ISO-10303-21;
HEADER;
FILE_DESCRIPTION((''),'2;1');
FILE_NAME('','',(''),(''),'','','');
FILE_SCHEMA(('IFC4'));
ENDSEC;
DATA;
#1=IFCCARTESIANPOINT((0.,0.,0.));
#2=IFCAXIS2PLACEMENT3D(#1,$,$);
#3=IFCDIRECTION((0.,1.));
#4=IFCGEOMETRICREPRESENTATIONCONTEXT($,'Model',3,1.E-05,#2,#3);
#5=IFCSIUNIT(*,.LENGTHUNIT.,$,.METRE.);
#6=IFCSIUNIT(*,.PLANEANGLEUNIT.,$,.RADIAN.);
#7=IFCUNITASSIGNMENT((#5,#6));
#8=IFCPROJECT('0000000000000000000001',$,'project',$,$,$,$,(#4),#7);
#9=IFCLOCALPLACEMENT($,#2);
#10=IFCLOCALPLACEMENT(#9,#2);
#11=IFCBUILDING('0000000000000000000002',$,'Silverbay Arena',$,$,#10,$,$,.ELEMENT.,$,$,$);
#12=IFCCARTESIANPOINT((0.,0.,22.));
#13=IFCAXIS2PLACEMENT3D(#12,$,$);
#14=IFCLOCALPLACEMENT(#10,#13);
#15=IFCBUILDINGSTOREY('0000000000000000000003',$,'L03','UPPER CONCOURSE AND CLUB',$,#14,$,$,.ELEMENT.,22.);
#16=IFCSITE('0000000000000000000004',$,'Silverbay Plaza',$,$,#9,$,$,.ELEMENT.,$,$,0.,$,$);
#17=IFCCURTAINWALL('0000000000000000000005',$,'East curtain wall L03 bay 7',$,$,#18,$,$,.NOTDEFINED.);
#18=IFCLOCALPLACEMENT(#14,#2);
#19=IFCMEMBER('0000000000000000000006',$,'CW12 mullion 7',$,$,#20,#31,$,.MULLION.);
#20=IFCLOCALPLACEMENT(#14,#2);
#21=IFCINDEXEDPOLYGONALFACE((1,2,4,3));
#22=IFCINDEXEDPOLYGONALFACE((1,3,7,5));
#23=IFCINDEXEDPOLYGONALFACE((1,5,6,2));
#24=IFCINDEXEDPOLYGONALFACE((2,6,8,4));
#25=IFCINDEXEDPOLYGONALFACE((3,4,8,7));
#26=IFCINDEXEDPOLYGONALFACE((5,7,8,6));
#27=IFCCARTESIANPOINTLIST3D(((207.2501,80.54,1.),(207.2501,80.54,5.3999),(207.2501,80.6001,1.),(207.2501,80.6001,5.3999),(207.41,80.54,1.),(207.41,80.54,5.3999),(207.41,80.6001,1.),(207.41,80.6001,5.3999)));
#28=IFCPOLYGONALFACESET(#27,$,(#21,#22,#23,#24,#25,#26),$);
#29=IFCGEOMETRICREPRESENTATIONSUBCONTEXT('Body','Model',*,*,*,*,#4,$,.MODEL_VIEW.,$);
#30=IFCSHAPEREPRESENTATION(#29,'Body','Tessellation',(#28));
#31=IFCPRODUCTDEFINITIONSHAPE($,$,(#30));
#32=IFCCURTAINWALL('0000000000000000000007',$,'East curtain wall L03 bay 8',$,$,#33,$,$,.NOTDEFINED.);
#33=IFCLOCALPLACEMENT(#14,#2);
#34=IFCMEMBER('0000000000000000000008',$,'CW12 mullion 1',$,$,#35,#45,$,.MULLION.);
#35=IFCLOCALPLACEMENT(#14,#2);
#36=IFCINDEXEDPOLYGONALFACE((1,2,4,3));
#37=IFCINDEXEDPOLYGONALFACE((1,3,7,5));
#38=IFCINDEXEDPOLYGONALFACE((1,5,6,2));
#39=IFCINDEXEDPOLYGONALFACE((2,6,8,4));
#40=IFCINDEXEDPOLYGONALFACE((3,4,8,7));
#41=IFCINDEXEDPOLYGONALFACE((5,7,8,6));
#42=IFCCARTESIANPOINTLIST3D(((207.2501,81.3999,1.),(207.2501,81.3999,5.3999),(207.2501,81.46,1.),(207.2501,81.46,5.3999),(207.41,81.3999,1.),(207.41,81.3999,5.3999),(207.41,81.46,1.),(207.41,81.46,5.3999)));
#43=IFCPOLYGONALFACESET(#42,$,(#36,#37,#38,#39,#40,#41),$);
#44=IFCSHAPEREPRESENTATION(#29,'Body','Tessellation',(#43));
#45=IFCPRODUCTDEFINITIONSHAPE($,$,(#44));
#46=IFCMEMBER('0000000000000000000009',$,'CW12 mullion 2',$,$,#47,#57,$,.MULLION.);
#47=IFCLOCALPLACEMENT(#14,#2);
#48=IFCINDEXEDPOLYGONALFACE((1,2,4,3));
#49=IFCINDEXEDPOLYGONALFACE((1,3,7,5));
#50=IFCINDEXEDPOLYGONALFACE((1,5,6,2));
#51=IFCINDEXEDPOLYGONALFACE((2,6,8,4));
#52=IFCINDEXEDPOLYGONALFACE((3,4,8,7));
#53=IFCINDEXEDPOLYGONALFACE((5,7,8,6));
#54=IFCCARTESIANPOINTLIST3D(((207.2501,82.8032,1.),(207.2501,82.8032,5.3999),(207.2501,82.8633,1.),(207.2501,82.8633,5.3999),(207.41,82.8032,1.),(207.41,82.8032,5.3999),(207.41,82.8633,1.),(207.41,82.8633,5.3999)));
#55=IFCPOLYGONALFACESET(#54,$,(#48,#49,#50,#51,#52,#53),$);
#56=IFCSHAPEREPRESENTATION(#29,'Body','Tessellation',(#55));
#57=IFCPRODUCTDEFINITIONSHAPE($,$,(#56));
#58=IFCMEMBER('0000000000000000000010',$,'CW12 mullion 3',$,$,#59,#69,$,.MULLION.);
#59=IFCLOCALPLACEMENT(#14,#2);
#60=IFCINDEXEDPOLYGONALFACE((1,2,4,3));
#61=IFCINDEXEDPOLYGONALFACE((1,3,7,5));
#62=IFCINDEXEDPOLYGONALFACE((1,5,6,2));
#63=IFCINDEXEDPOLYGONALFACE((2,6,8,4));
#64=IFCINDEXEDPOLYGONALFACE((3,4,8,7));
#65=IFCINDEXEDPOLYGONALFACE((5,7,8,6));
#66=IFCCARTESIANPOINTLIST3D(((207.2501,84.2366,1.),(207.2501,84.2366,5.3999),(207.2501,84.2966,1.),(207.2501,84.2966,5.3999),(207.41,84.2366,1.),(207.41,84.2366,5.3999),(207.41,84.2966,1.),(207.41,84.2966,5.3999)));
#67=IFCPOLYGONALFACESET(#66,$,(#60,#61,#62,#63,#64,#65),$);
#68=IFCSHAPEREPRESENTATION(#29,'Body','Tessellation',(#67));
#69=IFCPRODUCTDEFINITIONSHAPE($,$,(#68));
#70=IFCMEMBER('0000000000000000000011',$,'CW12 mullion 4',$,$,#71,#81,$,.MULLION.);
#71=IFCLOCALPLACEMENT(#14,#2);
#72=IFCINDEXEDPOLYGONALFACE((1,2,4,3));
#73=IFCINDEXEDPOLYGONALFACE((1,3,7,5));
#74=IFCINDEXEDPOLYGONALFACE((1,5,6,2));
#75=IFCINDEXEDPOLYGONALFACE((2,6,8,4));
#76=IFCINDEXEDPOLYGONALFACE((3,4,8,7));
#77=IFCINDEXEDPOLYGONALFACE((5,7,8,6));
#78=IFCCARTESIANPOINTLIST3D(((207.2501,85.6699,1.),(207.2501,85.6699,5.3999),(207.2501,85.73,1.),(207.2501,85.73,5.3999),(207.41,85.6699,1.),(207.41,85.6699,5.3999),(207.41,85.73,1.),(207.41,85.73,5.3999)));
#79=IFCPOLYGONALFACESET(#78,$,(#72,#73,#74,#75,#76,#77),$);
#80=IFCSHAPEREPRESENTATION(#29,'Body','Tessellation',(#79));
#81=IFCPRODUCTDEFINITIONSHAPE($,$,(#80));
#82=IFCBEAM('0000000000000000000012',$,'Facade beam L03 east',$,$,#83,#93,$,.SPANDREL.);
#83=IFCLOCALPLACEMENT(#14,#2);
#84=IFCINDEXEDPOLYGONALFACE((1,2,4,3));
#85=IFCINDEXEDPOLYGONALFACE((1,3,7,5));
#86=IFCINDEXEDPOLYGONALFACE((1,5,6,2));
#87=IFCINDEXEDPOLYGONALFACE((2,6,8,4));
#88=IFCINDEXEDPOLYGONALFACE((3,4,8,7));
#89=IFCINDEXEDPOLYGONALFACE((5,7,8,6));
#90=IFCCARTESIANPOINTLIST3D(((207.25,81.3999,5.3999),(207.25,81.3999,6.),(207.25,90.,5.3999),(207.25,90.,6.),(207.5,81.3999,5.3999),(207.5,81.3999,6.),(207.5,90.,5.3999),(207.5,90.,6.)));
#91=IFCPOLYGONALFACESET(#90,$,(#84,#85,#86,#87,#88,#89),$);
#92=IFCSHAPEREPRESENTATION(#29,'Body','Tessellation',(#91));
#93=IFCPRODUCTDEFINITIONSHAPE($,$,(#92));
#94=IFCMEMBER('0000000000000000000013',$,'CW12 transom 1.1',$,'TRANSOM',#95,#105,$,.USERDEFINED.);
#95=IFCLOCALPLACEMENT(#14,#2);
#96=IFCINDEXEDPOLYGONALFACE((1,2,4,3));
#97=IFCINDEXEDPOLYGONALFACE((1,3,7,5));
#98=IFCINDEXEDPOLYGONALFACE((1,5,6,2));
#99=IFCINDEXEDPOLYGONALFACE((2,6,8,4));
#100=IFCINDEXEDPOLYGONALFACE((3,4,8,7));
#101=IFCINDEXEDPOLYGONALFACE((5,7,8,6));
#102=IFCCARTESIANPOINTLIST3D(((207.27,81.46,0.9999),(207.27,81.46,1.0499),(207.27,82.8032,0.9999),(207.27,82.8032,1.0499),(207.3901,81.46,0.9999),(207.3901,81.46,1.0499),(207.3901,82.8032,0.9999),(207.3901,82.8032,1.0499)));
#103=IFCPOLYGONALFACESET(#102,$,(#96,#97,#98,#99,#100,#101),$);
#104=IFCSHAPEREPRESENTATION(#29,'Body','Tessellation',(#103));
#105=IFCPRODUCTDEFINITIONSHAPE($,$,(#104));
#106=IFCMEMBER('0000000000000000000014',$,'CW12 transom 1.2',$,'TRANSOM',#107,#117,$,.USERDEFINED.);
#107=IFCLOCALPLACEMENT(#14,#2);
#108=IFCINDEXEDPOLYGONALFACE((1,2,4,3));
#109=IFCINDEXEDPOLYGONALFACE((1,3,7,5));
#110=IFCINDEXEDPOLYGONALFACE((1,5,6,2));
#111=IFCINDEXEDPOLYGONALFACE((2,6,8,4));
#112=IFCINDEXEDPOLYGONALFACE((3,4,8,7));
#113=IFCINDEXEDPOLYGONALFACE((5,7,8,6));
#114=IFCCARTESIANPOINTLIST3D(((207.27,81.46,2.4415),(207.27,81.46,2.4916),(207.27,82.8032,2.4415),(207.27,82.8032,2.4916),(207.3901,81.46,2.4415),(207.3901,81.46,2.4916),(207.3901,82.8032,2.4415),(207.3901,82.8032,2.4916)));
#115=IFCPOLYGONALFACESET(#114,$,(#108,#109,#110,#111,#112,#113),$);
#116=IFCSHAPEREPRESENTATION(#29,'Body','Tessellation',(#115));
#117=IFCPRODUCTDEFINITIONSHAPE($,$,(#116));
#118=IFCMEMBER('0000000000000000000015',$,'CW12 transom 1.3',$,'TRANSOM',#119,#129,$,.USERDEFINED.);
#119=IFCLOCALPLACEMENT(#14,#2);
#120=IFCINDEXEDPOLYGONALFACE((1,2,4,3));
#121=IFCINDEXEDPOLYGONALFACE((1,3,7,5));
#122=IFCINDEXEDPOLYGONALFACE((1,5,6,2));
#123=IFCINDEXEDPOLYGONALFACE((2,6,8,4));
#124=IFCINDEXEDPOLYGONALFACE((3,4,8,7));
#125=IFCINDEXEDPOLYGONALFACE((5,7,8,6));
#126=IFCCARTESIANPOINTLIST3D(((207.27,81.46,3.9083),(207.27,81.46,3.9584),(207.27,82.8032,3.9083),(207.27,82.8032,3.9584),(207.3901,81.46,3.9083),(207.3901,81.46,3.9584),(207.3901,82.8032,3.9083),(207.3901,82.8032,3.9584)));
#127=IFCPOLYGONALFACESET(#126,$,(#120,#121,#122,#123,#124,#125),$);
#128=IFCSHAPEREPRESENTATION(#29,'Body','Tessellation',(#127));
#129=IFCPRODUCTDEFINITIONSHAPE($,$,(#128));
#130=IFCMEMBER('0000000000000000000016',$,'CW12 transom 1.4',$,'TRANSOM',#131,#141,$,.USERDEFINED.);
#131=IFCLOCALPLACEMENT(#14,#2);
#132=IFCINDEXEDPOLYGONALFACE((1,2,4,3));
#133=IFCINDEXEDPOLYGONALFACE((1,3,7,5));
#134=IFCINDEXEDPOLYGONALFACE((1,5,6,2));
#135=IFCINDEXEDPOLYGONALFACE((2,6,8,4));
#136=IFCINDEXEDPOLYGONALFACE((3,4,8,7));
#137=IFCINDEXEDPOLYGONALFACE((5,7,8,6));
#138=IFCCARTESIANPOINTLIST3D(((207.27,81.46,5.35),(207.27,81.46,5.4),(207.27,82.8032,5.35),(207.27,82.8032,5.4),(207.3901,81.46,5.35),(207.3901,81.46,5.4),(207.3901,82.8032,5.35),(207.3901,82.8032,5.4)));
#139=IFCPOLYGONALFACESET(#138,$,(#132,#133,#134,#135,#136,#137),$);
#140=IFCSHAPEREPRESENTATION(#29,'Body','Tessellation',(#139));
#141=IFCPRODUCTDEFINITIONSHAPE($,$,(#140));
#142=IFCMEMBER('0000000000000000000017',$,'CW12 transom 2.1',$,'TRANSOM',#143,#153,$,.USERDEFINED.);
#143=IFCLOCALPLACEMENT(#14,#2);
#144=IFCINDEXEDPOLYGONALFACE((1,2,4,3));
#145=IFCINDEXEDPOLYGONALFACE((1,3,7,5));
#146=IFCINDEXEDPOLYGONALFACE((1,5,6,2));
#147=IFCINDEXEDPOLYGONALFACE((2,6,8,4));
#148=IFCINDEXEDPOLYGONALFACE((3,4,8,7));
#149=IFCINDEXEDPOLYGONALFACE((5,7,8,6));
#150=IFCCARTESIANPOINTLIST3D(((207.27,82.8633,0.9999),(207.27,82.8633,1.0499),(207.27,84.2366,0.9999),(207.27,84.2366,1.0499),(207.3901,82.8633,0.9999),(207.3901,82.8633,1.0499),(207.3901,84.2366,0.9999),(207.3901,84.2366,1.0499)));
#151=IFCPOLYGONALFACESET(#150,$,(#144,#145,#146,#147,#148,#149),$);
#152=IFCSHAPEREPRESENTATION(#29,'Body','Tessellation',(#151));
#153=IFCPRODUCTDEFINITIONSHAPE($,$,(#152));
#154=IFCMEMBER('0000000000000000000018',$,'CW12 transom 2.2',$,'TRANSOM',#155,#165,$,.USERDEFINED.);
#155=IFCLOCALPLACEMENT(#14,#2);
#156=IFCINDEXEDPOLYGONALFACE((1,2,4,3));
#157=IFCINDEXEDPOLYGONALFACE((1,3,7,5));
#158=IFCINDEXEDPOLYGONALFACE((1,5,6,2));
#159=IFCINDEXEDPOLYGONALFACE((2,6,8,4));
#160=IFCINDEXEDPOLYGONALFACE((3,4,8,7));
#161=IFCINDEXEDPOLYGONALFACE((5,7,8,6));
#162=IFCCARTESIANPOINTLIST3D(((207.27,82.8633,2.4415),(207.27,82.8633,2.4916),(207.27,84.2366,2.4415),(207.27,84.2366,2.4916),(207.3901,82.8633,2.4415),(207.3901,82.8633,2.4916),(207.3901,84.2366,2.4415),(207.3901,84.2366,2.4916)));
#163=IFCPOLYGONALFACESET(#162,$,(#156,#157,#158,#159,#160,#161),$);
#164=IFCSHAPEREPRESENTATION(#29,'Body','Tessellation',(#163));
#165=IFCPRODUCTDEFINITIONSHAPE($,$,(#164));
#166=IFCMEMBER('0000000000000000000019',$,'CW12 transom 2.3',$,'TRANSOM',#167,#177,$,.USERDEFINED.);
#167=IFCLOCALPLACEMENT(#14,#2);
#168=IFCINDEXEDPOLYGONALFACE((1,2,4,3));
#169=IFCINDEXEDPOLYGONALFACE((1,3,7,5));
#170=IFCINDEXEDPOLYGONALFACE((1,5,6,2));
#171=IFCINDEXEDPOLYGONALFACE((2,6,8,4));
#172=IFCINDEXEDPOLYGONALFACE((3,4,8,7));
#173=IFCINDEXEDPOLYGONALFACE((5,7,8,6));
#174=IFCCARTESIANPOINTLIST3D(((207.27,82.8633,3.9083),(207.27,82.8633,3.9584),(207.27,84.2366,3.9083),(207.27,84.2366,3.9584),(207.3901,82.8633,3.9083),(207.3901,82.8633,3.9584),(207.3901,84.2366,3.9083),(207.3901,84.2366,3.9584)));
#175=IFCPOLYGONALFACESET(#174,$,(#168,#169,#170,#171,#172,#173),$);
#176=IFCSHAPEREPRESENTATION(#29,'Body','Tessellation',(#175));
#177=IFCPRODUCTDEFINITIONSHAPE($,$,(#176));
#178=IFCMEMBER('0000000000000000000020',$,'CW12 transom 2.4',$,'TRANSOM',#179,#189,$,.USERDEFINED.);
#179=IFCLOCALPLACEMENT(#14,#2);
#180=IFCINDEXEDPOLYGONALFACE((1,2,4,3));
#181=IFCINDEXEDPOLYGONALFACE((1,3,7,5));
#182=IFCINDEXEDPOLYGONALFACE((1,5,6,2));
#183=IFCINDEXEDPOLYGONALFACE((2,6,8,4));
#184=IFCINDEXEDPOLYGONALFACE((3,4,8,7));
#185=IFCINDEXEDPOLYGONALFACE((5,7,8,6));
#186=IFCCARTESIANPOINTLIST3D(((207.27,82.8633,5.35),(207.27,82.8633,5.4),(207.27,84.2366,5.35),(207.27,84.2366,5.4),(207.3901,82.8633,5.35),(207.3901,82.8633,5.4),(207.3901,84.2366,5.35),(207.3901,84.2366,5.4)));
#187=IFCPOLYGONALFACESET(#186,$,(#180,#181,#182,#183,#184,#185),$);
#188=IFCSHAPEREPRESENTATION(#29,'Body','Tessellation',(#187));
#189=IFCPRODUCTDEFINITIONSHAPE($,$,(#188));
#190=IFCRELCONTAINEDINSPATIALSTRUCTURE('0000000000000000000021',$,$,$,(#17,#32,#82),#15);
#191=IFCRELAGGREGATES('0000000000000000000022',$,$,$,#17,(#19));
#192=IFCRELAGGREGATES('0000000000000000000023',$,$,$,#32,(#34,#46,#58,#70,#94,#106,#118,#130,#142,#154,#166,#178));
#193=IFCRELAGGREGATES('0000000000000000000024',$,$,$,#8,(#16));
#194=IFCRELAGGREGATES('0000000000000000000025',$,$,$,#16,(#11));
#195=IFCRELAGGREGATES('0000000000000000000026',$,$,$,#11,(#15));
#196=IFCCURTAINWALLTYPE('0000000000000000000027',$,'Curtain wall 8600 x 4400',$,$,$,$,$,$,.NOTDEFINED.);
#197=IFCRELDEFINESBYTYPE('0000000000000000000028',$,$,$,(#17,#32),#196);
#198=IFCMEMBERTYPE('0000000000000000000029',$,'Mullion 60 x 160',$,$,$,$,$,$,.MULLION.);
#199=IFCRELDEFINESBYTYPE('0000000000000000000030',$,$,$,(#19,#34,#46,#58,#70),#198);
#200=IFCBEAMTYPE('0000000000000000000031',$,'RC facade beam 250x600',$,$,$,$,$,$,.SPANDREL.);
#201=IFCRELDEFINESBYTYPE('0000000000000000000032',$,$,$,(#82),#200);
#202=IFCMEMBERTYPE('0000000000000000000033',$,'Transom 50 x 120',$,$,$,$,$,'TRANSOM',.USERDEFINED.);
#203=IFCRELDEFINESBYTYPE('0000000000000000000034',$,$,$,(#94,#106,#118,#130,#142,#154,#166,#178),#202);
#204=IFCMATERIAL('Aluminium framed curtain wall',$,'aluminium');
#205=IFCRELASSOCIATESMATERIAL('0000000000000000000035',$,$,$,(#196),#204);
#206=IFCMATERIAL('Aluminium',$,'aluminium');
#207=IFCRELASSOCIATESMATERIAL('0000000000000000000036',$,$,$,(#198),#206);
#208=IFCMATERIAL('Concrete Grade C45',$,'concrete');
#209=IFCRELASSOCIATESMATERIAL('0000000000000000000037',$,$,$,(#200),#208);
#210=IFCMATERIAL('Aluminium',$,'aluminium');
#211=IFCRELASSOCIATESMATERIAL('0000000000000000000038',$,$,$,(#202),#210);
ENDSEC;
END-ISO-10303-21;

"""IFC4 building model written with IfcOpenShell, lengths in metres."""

from ifc_helpers import new_model, si_unit, direction, frame, origin, origin_2d, place, context, subcontext, project, spatial, rectangle, extrude, material, material_profile, profile_set, type_object, element, aggregate, save


model = new_model("IFC4")

# Units and contexts
model_context = context("Model", 3, precision=1e-05, world=origin(), true_north=direction((0.0, 1.0)))
body_context = subcontext(model_context, "Body", "Model", "MODEL_VIEW")
ifc_project = project(units=[si_unit("LENGTHUNIT", "METRE"), si_unit("PLANEANGLEUNIT", "RADIAN")], contexts=[model_context])

# Site, building, storey
site_placement = place(None, origin())
site = spatial("IfcSite", under=ifc_project, at=site_placement, Name="Silverbay Plaza", CompositionType="ELEMENT", RefElevation=0.0)
building_placement = place(site_placement, origin())
building = spatial("IfcBuilding", under=site, at=building_placement, Name="Silverbay Arena", CompositionType="ELEMENT")
storey_placement = place(building_placement, frame((0.0, 0.0, 22.0)))
storey = spatial("IfcBuildingStorey", under=building, at=storey_placement, Name="L03", Description="UPPER CONCOURSE AND CLUB", CompositionType="ELEMENT", Elevation=22.0)

# Curtain wall, member
ifc_material_1 = material(Name="Aluminium framed curtain wall", Category="aluminium")
curtain_wall_type = type_object("IfcCurtainWallType", Name="Curtain wall 8600 x 4400", PredefinedType="NOTDEFINED", material=ifc_material_1)
curtain_wall_1_placement = place(storey_placement, origin())
curtain_wall_1 = element("IfcCurtainWall", 1, at=curtain_wall_1_placement, inside=storey, type_object=curtain_wall_type, Name="East curtain wall L03 bay 7", PredefinedType="NOTDEFINED")
ifc_material_2 = material(Name="Aluminium", Category="aluminium")
ifc_material_profile_1 = material_profile(ifc_material_2, rectangle(XDim=0.1599, YDim=0.0601, at=origin_2d()), Name="Mullion 60 x 160")
ifc_profile_set_1 = profile_set([ifc_material_profile_1], Name="Aluminium")
member_type_1 = type_object("IfcMemberType", Name="Mullion 60 x 160", PredefinedType="MULLION", material=ifc_profile_set_1)
member_1_placement = place(storey_placement, frame((207.3301, 80.5701, 1.0), z_axis=(0.0, 0.0, 1.0), x_axis=(-1.0, 0.0, 0.0)))
member_1 = element("IfcMember", 2, at=member_1_placement, type_object=member_type_1, Name="CW12 mullion 7", PredefinedType="MULLION", context=body_context, shape_type="SweptSolid", body=[
    extrude(rectangle(XDim=0.1599, YDim=0.0601, at=origin_2d()), origin(), (0.0, 0.0, 1.0), 4.3999),
])

# Curtain wall, members
curtain_wall_2_placement = place(storey_placement, origin())
curtain_wall_2 = element("IfcCurtainWall", 3, at=curtain_wall_2_placement, inside=storey, type_object=curtain_wall_type, Name="East curtain wall L03 bay 8", PredefinedType="NOTDEFINED")
member_2_placement = place(storey_placement, frame((207.3301, 81.4299, 1.0), z_axis=(0.0, 0.0, 1.0), x_axis=(-1.0, 0.0, 0.0)))
member_2 = element("IfcMember", 4, at=member_2_placement, type_object=member_type_1, Name="CW12 mullion 1", PredefinedType="MULLION", context=body_context, shape_type="SweptSolid", body=[
    extrude(rectangle(XDim=0.1599, YDim=0.0601, at=origin_2d()), origin(), (0.0, 0.0, 1.0), 4.3999),
])
member_3_placement = place(storey_placement, frame((207.3301, 82.8333, 1.0), z_axis=(0.0, 0.0, 1.0), x_axis=(-1.0, 0.0, 0.0)))
member_3 = element("IfcMember", 5, at=member_3_placement, type_object=member_type_1, Name="CW12 mullion 2", PredefinedType="MULLION", context=body_context, shape_type="SweptSolid", body=[
    extrude(rectangle(XDim=0.1599, YDim=0.0601, at=origin_2d()), origin(), (0.0, 0.0, 1.0), 4.3999),
])
member_4_placement = place(storey_placement, frame((207.3301, 84.2666, 1.0), z_axis=(0.0, 0.0, 1.0), x_axis=(-1.0, 0.0, 0.0)))
member_4 = element("IfcMember", 6, at=member_4_placement, type_object=member_type_1, Name="CW12 mullion 3", PredefinedType="MULLION", context=body_context, shape_type="SweptSolid", body=[
    extrude(rectangle(XDim=0.1599, YDim=0.0601, at=origin_2d()), origin(), (0.0, 0.0, 1.0), 4.3999),
])
member_5_placement = place(storey_placement, frame((207.3301, 85.7, 1.0), z_axis=(0.0, 0.0, 1.0), x_axis=(-1.0, 0.0, 0.0)))
member_5 = element("IfcMember", 7, at=member_5_placement, type_object=member_type_1, Name="CW12 mullion 4", PredefinedType="MULLION", context=body_context, shape_type="SweptSolid", body=[
    extrude(rectangle(XDim=0.1599, YDim=0.0601, at=origin_2d()), origin(), (0.0, 0.0, 1.0), 4.3999),
])

# Beam
ifc_material_3 = material(Name="Concrete Grade C45", Category="concrete")
ifc_material_profile_2 = material_profile(ifc_material_3, rectangle(XDim=0.25, YDim=0.6001, at=origin_2d()), Name="RC 250x600")
ifc_profile_set_2 = profile_set([ifc_material_profile_2], Name="Concrete Grade C45")
beam_type = type_object("IfcBeamType", Name="RC facade beam 250x600", PredefinedType="SPANDREL", material=ifc_profile_set_2)
beam_placement = place(storey_placement, frame((207.375, 81.3999, 5.7), z_axis=(0.0, 1.0, 0.0), x_axis=(-1.0, 0.0, 0.0)))
element("IfcBeam", 8, at=beam_placement, inside=storey, type_object=beam_type, Name="Facade beam L03 east", PredefinedType="SPANDREL", context=body_context, shape_type="SweptSolid", body=[
    extrude(rectangle(XDim=0.25, YDim=0.6001, at=origin_2d()), origin(), (0.0, 0.0, 1.0), 8.6001),
])

# Members
ifc_material_4 = material(Name="Aluminium", Category="aluminium")
ifc_material_profile_3 = material_profile(ifc_material_4, rectangle(XDim=0.1201, YDim=0.05, at=origin_2d()), Name="Transom 50 x 120")
ifc_profile_set_3 = profile_set([ifc_material_profile_3], Name="Aluminium")
member_type_2 = type_object("IfcMemberType", Name="Transom 50 x 120", ElementType="TRANSOM", PredefinedType="USERDEFINED", material=ifc_profile_set_3)
member_6_placement = place(storey_placement, frame((207.3301, 81.46, 1.0249), z_axis=(0.0, 1.0, 0.0), x_axis=(-1.0, 0.0, 0.0)))
member_6 = element("IfcMember", 9, at=member_6_placement, type_object=member_type_2, Name="CW12 transom 1.1", ObjectType="TRANSOM", PredefinedType="USERDEFINED", context=body_context, shape_type="SweptSolid", body=[
    extrude(rectangle(XDim=0.1201, YDim=0.05, at=origin_2d()), origin(), (0.0, 0.0, 1.0), 1.3433),
])
member_7_placement = place(storey_placement, frame((207.3301, 81.46, 2.4666), z_axis=(0.0, 1.0, 0.0), x_axis=(-1.0, 0.0, 0.0)))
member_7 = element("IfcMember", 10, at=member_7_placement, type_object=member_type_2, Name="CW12 transom 1.2", ObjectType="TRANSOM", PredefinedType="USERDEFINED", context=body_context, shape_type="SweptSolid", body=[
    extrude(rectangle(XDim=0.1201, YDim=0.05, at=origin_2d()), origin(), (0.0, 0.0, 1.0), 1.3433),
])
member_8_placement = place(storey_placement, frame((207.3301, 81.46, 3.9333), z_axis=(0.0, 1.0, 0.0), x_axis=(-1.0, 0.0, 0.0)))
member_8 = element("IfcMember", 11, at=member_8_placement, type_object=member_type_2, Name="CW12 transom 1.3", ObjectType="TRANSOM", PredefinedType="USERDEFINED", context=body_context, shape_type="SweptSolid", body=[
    extrude(rectangle(XDim=0.1201, YDim=0.05, at=origin_2d()), origin(), (0.0, 0.0, 1.0), 1.3433),
])
member_9_placement = place(storey_placement, frame((207.3301, 81.46, 5.375), z_axis=(0.0, 1.0, 0.0), x_axis=(-1.0, 0.0, 0.0)))
member_9 = element("IfcMember", 12, at=member_9_placement, type_object=member_type_2, Name="CW12 transom 1.4", ObjectType="TRANSOM", PredefinedType="USERDEFINED", context=body_context, shape_type="SweptSolid", body=[
    extrude(rectangle(XDim=0.1201, YDim=0.05, at=origin_2d()), origin(), (0.0, 0.0, 1.0), 1.3433),
])
member_10_placement = place(storey_placement, frame((207.3301, 82.8633, 1.0249), z_axis=(0.0, 1.0, 0.0), x_axis=(-1.0, 0.0, 0.0)))
member_10 = element("IfcMember", 13, at=member_10_placement, type_object=member_type_2, Name="CW12 transom 2.1", ObjectType="TRANSOM", PredefinedType="USERDEFINED", context=body_context, shape_type="SweptSolid", body=[
    extrude(rectangle(XDim=0.1201, YDim=0.05, at=origin_2d()), origin(), (0.0, 0.0, 1.0), 1.3733),
])
member_11_placement = place(storey_placement, frame((207.3301, 82.8633, 2.4666), z_axis=(0.0, 1.0, 0.0), x_axis=(-1.0, 0.0, 0.0)))
member_11 = element("IfcMember", 14, at=member_11_placement, type_object=member_type_2, Name="CW12 transom 2.2", ObjectType="TRANSOM", PredefinedType="USERDEFINED", context=body_context, shape_type="SweptSolid", body=[
    extrude(rectangle(XDim=0.1201, YDim=0.05, at=origin_2d()), origin(), (0.0, 0.0, 1.0), 1.3733),
])
member_12_placement = place(storey_placement, frame((207.3301, 82.8633, 3.9333), z_axis=(0.0, 1.0, 0.0), x_axis=(-1.0, 0.0, 0.0)))
member_12 = element("IfcMember", 15, at=member_12_placement, type_object=member_type_2, Name="CW12 transom 2.3", ObjectType="TRANSOM", PredefinedType="USERDEFINED", context=body_context, shape_type="SweptSolid", body=[
    extrude(rectangle(XDim=0.1201, YDim=0.05, at=origin_2d()), origin(), (0.0, 0.0, 1.0), 1.3733),
])
member_13_placement = place(storey_placement, frame((207.3301, 82.8633, 5.375), z_axis=(0.0, 1.0, 0.0), x_axis=(-1.0, 0.0, 0.0)))
member_13 = element("IfcMember", 16, at=member_13_placement, type_object=member_type_2, Name="CW12 transom 2.4", ObjectType="TRANSOM", PredefinedType="USERDEFINED", context=body_context, shape_type="SweptSolid", body=[
    extrude(rectangle(XDim=0.1201, YDim=0.05, at=origin_2d()), origin(), (0.0, 0.0, 1.0), 1.3733),
])

aggregate(curtain_wall_1, [member_1])
aggregate(curtain_wall_2, [member_2, member_3, member_4, member_5, member_6, member_7, member_8, member_9, member_10, member_11, member_12, member_13])

save(model, "model.ifc")
